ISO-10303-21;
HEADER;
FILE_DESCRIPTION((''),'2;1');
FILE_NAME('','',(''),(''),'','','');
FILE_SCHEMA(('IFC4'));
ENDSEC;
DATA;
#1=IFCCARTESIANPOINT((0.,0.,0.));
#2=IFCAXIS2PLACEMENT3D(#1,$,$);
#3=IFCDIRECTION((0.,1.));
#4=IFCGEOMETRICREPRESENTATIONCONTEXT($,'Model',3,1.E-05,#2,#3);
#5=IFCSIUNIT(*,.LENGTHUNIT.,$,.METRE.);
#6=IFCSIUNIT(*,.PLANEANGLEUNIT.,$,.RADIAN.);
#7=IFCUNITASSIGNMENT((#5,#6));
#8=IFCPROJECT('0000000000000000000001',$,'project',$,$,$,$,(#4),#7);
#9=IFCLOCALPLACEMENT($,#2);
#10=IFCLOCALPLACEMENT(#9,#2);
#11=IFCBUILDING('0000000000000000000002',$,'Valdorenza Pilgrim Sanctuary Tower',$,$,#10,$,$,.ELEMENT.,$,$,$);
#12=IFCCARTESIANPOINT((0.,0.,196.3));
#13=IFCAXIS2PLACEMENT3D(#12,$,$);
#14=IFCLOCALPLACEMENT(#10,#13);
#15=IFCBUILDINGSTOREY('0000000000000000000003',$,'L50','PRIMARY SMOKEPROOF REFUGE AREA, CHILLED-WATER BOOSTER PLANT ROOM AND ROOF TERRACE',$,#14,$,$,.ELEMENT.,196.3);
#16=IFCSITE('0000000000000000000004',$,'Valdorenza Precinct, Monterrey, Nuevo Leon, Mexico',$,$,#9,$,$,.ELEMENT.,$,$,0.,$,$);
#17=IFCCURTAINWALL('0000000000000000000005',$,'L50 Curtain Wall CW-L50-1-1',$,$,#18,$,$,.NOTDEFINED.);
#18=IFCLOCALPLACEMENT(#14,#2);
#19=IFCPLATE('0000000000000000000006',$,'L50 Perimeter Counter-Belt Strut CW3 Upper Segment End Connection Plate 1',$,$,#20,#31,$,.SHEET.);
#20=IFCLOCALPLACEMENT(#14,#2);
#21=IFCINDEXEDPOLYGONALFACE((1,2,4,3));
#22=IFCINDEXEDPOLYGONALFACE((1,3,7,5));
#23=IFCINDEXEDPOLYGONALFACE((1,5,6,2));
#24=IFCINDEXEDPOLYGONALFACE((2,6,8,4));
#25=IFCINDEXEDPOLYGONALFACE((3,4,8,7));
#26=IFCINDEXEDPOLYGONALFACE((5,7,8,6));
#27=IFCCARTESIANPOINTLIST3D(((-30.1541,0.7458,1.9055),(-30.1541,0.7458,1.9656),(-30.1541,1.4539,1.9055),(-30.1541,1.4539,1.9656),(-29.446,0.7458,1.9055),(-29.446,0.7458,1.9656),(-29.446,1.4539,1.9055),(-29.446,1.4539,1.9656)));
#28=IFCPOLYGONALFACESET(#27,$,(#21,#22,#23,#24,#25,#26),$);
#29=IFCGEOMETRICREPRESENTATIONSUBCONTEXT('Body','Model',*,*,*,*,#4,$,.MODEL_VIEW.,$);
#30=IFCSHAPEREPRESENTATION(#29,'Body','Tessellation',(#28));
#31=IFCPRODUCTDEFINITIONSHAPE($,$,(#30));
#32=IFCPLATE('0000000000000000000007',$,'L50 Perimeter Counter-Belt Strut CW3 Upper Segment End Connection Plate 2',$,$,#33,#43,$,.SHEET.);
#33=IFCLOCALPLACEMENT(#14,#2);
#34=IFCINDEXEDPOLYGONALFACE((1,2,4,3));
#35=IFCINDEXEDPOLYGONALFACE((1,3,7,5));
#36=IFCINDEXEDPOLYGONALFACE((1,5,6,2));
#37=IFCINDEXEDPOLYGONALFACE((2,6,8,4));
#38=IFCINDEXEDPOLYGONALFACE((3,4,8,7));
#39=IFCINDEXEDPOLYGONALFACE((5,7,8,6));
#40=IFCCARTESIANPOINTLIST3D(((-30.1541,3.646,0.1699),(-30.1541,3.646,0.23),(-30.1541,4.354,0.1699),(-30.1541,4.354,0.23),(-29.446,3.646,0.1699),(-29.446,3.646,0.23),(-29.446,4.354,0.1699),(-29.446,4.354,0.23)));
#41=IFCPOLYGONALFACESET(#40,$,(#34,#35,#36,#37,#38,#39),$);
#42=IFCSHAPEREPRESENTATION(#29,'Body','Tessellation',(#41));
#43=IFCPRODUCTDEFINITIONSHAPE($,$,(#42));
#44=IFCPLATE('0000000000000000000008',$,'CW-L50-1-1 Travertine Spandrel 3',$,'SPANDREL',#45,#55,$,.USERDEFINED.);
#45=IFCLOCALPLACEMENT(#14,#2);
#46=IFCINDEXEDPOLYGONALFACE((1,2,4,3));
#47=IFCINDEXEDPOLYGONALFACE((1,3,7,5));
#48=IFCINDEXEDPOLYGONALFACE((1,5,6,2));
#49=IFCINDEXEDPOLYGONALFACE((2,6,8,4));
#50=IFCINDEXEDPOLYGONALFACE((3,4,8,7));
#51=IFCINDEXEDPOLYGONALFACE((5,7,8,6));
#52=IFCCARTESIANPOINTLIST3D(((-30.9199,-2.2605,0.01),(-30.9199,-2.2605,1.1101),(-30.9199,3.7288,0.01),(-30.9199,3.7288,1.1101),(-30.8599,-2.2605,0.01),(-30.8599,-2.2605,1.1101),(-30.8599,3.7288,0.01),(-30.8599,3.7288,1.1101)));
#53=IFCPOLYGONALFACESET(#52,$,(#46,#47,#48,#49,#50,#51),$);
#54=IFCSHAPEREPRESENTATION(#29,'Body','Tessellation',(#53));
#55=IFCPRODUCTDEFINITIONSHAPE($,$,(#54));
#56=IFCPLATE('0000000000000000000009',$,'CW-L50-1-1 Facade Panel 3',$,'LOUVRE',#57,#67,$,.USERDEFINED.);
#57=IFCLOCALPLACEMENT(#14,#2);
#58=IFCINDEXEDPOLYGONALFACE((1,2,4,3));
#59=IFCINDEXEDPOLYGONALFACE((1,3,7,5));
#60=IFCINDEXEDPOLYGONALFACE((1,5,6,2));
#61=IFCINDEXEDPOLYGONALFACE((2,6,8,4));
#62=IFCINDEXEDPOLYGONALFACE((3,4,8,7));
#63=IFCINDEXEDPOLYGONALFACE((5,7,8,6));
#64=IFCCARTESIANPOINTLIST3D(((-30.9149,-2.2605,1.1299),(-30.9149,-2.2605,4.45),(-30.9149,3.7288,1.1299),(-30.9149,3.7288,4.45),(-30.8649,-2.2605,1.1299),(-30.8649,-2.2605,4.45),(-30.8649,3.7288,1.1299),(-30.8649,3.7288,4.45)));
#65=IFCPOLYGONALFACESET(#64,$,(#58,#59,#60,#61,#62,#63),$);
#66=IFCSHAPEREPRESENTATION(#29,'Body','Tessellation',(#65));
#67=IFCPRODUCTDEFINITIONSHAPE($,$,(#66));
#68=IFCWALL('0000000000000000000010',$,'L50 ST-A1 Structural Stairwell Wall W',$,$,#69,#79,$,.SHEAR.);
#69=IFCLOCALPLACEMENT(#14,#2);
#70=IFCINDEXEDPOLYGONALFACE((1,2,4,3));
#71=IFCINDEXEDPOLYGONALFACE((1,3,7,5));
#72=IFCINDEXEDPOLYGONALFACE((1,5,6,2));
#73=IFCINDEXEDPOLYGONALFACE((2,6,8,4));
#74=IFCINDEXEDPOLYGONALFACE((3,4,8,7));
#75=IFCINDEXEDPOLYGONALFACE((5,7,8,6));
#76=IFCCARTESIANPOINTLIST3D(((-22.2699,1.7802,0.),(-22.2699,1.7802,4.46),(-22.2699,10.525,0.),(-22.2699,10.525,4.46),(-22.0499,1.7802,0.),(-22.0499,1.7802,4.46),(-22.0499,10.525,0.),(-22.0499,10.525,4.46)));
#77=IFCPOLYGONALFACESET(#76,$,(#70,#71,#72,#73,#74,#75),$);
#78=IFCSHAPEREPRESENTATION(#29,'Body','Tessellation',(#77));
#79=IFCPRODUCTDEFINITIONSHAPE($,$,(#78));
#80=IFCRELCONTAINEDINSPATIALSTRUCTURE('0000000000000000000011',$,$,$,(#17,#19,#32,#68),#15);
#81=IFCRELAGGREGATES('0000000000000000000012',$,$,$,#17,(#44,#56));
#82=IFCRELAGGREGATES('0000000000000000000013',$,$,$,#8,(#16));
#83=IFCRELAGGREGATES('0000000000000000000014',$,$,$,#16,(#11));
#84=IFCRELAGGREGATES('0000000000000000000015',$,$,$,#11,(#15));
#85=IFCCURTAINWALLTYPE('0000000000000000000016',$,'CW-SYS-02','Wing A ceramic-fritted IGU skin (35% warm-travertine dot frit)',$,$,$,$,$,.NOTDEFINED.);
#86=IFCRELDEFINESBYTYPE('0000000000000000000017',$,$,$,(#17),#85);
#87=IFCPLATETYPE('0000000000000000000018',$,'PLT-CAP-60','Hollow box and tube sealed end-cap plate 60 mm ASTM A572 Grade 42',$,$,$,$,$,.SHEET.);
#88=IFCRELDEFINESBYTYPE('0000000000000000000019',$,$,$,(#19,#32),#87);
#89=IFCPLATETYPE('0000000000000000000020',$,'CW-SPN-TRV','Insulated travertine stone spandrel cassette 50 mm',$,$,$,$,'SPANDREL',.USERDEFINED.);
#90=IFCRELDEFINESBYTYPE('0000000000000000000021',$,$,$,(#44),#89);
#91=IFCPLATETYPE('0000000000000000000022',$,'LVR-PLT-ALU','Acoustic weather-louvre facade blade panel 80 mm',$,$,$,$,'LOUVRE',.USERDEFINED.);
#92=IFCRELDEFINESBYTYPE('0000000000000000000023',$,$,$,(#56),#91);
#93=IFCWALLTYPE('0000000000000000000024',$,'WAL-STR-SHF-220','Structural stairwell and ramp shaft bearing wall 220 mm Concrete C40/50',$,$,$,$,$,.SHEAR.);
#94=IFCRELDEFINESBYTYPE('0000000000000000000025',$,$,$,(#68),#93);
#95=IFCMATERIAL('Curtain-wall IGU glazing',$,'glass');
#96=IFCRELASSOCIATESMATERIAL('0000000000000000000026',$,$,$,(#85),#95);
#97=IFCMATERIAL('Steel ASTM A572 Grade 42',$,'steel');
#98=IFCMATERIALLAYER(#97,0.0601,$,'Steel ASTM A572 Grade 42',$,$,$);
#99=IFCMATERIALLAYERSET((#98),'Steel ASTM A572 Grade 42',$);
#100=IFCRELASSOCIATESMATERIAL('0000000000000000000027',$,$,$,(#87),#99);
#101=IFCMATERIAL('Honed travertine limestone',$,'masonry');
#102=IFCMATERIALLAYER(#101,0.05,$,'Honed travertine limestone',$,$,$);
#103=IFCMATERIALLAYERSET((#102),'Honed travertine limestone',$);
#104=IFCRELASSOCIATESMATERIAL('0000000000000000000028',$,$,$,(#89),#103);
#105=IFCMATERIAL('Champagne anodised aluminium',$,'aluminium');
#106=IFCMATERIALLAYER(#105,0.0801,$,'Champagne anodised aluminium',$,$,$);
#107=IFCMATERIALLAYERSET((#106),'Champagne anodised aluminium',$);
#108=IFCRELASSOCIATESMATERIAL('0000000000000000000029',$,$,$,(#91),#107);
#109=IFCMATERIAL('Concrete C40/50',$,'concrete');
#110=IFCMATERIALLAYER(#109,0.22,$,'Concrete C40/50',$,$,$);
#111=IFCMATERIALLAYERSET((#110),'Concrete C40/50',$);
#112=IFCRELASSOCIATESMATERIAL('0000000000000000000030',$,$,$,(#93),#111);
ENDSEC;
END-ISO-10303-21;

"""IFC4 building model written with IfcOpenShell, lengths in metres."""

from ifc_helpers import new_model, si_unit, direction, frame, frame_2d, origin, origin_2d, place, context, subcontext, project, spatial, rectangle, extrude, source, transform, mapped, material, layer, layer_set, type_object, element, aggregate, save


model = new_model("IFC4")

# Units and contexts
model_context = context("Model", 3, precision=1e-05, world=origin(), true_north=direction((0.0, 1.0)))
body_context = subcontext(model_context, "Body", "Model", "MODEL_VIEW")
ifc_project = project(units=[si_unit("LENGTHUNIT", "METRE"), si_unit("PLANEANGLEUNIT", "RADIAN")], contexts=[model_context])

# Site, building, storey
site_placement = place(None, origin())
site = spatial("IfcSite", under=ifc_project, at=site_placement, Name="Valdorenza Precinct, Monterrey, Nuevo Leon, Mexico", CompositionType="ELEMENT", RefElevation=0.0)
building_placement = place(site_placement, origin())
building = spatial("IfcBuilding", under=site, at=building_placement, Name="Valdorenza Pilgrim Sanctuary Tower", CompositionType="ELEMENT")
storey_placement = place(building_placement, frame((0.0, 0.0, 196.3)))
storey = spatial("IfcBuildingStorey", under=building, at=storey_placement, Name="L50", Description="PRIMARY SMOKEPROOF REFUGE AREA, CHILLED-WATER BOOSTER PLANT ROOM AND ROOF TERRACE", CompositionType="ELEMENT", Elevation=196.3)

# Shared definitions
ifc_material_1 = material(Name="Steel ASTM A572 Grade 42", Category="steel")

# Curtain wall
ifc_material_2 = material(Name="Curtain-wall IGU glazing", Category="glass")
curtain_wall_type = type_object("IfcCurtainWallType", Name="CW-SYS-02", Description="Wing A ceramic-fritted IGU skin (35% warm-travertine dot frit)", PredefinedType="NOTDEFINED", material=ifc_material_2)
curtain_wall_placement = place(storey_placement, origin())
curtain_wall = element("IfcCurtainWall", 1, at=curtain_wall_placement, inside=storey, type_object=curtain_wall_type, Name="L50 Curtain Wall CW-L50-1-1", PredefinedType="NOTDEFINED")

# Plates
ifc_layer_1 = layer(ifc_material_1, 0.0601, Name="Steel ASTM A572 Grade 42")
ifc_layer_set_1 = layer_set([ifc_layer_1], Name="Steel ASTM A572 Grade 42")
plate_type_1 = type_object("IfcPlateType", Name="PLT-CAP-60", Description="Hollow box and tube sealed end-cap plate 60 mm ASTM A572 Grade 42", PredefinedType="SHEET", material=ifc_layer_set_1)
shared_shape_1 = source(origin(), body_context, "Body", "SweptSolid", [
    extrude(rectangle(XDim=0.708, YDim=0.708, at=origin_2d()), origin(), (0.0, 0.0, 1.0), 0.0601),
])
for number, where, z_axis, x_axis, name in (
    (2, (-29.8, 1.0999, 1.9055), (0.0, 0.0, 1.0), (1.0, 0.0, 0.0), "L50 Perimeter Counter-Belt Strut CW3 Upper Segment End Connection Plate 1"),
    (3, (-29.8, 4.0, 0.1699), (0.0, 0.0, 1.0), (1.0, 0.0, 0.0), "L50 Perimeter Counter-Belt Strut CW3 Upper Segment End Connection Plate 2"),
):
    element("IfcPlate", number, at=place(storey_placement, frame(where, z_axis=z_axis, x_axis=x_axis)), inside=storey, type_object=plate_type_1, Name=name, PredefinedType="SHEET", context=body_context, shape_type="MappedRepresentation", body=[
        mapped(shared_shape_1, transform((0.0, 0.0, 0.0), x_axis=(1.0, 0.0, 0.0), y_axis=(0.0, 1.0, 0.0), z_axis=(0.0, 0.0, 1.0), scale=1.0)),
    ])

# Plates
ifc_material_3 = material(Name="Honed travertine limestone", Category="masonry")
ifc_layer_2 = layer(ifc_material_3, 0.05, Name="Honed travertine limestone")
ifc_layer_set_2 = layer_set([ifc_layer_2], Name="Honed travertine limestone")
plate_type_2 = type_object("IfcPlateType", Name="CW-SPN-TRV", Description="Insulated travertine stone spandrel cassette 50 mm", ElementType="SPANDREL", PredefinedType="USERDEFINED", material=ifc_layer_set_2)
shared_shape_2 = source(origin(), body_context, "Body", "SweptSolid", [
    extrude(rectangle(XDim=5.9893, YDim=0.0601, at=origin_2d()), origin(), (0.0, 0.0, 1.0), 1.1001),
])
plate_1_placement = place(storey_placement, frame((-30.8899, 0.7341, 0.01), z_axis=(0.0, 0.0, 1.0), x_axis=(0.0, 1.0, 0.0)))
plate_1 = element("IfcPlate", 4, at=plate_1_placement, type_object=plate_type_2, Name="CW-L50-1-1 Travertine Spandrel 3", ObjectType="SPANDREL", PredefinedType="USERDEFINED", context=body_context, shape_type="MappedRepresentation", body=[
    mapped(shared_shape_2, transform((0.0, 0.0, 0.0), x_axis=(1.0, 0.0, 0.0), y_axis=(0.0, 1.0, 0.0), z_axis=(0.0, 0.0, 1.0), scale=1.0)),
])
ifc_material_4 = material(Name="Champagne anodised aluminium", Category="aluminium")
ifc_layer_3 = layer(ifc_material_4, 0.0801, Name="Champagne anodised aluminium")
ifc_layer_set_3 = layer_set([ifc_layer_3], Name="Champagne anodised aluminium")
plate_type_3 = type_object("IfcPlateType", Name="LVR-PLT-ALU", Description="Acoustic weather-louvre facade blade panel 80 mm", ElementType="LOUVRE", PredefinedType="USERDEFINED", material=ifc_layer_set_3)
shared_shape_3 = source(origin(), body_context, "Body", "SweptSolid", [
    extrude(rectangle(XDim=5.9893, YDim=0.05, at=origin_2d()), origin(), (0.0, 0.0, 1.0), 3.3201),
])
plate_2_placement = place(storey_placement, frame((-30.8899, 0.7341, 1.1299), z_axis=(0.0, 0.0, 1.0), x_axis=(0.0, 1.0, 0.0)))
plate_2 = element("IfcPlate", 5, at=plate_2_placement, type_object=plate_type_3, Name="CW-L50-1-1 Facade Panel 3", ObjectType="LOUVRE", PredefinedType="USERDEFINED", context=body_context, shape_type="MappedRepresentation", body=[
    mapped(shared_shape_3, transform((0.0, 0.0, 0.0), x_axis=(1.0, 0.0, 0.0), y_axis=(0.0, 1.0, 0.0), z_axis=(0.0, 0.0, 1.0), scale=1.0)),
])
aggregate(curtain_wall, [plate_1, plate_2])

# Wall
ifc_material_5 = material(Name="Concrete C40/50", Category="concrete")
ifc_layer_4 = layer(ifc_material_5, 0.22, Name="Concrete C40/50")
ifc_layer_set_4 = layer_set([ifc_layer_4], Name="Concrete C40/50")
wall_type = type_object("IfcWallType", Name="WAL-STR-SHF-220", Description="Structural stairwell and ramp shaft bearing wall 220 mm Concrete C40/50", PredefinedType="SHEAR", material=ifc_layer_set_4)
wall_1_placement = place(storey_placement, frame((-22.1599, 1.78, 0.0), z_axis=(0.0, 0.0, 1.0), x_axis=(0.0, 1.0, 0.0)))
element("IfcWall", 6, at=wall_1_placement, inside=storey, type_object=wall_type, Name="L50 ST-A1 Structural Stairwell Wall W", PredefinedType="SHEAR", context=body_context, shape_type="SweptSolid", body=[
    extrude(rectangle(XDim=8.7449, YDim=0.22, at=frame_2d((4.3726, 0.0))), origin(), (0.0, 0.0, 1.0), 4.46),
])

save(model, "model.ifc")
